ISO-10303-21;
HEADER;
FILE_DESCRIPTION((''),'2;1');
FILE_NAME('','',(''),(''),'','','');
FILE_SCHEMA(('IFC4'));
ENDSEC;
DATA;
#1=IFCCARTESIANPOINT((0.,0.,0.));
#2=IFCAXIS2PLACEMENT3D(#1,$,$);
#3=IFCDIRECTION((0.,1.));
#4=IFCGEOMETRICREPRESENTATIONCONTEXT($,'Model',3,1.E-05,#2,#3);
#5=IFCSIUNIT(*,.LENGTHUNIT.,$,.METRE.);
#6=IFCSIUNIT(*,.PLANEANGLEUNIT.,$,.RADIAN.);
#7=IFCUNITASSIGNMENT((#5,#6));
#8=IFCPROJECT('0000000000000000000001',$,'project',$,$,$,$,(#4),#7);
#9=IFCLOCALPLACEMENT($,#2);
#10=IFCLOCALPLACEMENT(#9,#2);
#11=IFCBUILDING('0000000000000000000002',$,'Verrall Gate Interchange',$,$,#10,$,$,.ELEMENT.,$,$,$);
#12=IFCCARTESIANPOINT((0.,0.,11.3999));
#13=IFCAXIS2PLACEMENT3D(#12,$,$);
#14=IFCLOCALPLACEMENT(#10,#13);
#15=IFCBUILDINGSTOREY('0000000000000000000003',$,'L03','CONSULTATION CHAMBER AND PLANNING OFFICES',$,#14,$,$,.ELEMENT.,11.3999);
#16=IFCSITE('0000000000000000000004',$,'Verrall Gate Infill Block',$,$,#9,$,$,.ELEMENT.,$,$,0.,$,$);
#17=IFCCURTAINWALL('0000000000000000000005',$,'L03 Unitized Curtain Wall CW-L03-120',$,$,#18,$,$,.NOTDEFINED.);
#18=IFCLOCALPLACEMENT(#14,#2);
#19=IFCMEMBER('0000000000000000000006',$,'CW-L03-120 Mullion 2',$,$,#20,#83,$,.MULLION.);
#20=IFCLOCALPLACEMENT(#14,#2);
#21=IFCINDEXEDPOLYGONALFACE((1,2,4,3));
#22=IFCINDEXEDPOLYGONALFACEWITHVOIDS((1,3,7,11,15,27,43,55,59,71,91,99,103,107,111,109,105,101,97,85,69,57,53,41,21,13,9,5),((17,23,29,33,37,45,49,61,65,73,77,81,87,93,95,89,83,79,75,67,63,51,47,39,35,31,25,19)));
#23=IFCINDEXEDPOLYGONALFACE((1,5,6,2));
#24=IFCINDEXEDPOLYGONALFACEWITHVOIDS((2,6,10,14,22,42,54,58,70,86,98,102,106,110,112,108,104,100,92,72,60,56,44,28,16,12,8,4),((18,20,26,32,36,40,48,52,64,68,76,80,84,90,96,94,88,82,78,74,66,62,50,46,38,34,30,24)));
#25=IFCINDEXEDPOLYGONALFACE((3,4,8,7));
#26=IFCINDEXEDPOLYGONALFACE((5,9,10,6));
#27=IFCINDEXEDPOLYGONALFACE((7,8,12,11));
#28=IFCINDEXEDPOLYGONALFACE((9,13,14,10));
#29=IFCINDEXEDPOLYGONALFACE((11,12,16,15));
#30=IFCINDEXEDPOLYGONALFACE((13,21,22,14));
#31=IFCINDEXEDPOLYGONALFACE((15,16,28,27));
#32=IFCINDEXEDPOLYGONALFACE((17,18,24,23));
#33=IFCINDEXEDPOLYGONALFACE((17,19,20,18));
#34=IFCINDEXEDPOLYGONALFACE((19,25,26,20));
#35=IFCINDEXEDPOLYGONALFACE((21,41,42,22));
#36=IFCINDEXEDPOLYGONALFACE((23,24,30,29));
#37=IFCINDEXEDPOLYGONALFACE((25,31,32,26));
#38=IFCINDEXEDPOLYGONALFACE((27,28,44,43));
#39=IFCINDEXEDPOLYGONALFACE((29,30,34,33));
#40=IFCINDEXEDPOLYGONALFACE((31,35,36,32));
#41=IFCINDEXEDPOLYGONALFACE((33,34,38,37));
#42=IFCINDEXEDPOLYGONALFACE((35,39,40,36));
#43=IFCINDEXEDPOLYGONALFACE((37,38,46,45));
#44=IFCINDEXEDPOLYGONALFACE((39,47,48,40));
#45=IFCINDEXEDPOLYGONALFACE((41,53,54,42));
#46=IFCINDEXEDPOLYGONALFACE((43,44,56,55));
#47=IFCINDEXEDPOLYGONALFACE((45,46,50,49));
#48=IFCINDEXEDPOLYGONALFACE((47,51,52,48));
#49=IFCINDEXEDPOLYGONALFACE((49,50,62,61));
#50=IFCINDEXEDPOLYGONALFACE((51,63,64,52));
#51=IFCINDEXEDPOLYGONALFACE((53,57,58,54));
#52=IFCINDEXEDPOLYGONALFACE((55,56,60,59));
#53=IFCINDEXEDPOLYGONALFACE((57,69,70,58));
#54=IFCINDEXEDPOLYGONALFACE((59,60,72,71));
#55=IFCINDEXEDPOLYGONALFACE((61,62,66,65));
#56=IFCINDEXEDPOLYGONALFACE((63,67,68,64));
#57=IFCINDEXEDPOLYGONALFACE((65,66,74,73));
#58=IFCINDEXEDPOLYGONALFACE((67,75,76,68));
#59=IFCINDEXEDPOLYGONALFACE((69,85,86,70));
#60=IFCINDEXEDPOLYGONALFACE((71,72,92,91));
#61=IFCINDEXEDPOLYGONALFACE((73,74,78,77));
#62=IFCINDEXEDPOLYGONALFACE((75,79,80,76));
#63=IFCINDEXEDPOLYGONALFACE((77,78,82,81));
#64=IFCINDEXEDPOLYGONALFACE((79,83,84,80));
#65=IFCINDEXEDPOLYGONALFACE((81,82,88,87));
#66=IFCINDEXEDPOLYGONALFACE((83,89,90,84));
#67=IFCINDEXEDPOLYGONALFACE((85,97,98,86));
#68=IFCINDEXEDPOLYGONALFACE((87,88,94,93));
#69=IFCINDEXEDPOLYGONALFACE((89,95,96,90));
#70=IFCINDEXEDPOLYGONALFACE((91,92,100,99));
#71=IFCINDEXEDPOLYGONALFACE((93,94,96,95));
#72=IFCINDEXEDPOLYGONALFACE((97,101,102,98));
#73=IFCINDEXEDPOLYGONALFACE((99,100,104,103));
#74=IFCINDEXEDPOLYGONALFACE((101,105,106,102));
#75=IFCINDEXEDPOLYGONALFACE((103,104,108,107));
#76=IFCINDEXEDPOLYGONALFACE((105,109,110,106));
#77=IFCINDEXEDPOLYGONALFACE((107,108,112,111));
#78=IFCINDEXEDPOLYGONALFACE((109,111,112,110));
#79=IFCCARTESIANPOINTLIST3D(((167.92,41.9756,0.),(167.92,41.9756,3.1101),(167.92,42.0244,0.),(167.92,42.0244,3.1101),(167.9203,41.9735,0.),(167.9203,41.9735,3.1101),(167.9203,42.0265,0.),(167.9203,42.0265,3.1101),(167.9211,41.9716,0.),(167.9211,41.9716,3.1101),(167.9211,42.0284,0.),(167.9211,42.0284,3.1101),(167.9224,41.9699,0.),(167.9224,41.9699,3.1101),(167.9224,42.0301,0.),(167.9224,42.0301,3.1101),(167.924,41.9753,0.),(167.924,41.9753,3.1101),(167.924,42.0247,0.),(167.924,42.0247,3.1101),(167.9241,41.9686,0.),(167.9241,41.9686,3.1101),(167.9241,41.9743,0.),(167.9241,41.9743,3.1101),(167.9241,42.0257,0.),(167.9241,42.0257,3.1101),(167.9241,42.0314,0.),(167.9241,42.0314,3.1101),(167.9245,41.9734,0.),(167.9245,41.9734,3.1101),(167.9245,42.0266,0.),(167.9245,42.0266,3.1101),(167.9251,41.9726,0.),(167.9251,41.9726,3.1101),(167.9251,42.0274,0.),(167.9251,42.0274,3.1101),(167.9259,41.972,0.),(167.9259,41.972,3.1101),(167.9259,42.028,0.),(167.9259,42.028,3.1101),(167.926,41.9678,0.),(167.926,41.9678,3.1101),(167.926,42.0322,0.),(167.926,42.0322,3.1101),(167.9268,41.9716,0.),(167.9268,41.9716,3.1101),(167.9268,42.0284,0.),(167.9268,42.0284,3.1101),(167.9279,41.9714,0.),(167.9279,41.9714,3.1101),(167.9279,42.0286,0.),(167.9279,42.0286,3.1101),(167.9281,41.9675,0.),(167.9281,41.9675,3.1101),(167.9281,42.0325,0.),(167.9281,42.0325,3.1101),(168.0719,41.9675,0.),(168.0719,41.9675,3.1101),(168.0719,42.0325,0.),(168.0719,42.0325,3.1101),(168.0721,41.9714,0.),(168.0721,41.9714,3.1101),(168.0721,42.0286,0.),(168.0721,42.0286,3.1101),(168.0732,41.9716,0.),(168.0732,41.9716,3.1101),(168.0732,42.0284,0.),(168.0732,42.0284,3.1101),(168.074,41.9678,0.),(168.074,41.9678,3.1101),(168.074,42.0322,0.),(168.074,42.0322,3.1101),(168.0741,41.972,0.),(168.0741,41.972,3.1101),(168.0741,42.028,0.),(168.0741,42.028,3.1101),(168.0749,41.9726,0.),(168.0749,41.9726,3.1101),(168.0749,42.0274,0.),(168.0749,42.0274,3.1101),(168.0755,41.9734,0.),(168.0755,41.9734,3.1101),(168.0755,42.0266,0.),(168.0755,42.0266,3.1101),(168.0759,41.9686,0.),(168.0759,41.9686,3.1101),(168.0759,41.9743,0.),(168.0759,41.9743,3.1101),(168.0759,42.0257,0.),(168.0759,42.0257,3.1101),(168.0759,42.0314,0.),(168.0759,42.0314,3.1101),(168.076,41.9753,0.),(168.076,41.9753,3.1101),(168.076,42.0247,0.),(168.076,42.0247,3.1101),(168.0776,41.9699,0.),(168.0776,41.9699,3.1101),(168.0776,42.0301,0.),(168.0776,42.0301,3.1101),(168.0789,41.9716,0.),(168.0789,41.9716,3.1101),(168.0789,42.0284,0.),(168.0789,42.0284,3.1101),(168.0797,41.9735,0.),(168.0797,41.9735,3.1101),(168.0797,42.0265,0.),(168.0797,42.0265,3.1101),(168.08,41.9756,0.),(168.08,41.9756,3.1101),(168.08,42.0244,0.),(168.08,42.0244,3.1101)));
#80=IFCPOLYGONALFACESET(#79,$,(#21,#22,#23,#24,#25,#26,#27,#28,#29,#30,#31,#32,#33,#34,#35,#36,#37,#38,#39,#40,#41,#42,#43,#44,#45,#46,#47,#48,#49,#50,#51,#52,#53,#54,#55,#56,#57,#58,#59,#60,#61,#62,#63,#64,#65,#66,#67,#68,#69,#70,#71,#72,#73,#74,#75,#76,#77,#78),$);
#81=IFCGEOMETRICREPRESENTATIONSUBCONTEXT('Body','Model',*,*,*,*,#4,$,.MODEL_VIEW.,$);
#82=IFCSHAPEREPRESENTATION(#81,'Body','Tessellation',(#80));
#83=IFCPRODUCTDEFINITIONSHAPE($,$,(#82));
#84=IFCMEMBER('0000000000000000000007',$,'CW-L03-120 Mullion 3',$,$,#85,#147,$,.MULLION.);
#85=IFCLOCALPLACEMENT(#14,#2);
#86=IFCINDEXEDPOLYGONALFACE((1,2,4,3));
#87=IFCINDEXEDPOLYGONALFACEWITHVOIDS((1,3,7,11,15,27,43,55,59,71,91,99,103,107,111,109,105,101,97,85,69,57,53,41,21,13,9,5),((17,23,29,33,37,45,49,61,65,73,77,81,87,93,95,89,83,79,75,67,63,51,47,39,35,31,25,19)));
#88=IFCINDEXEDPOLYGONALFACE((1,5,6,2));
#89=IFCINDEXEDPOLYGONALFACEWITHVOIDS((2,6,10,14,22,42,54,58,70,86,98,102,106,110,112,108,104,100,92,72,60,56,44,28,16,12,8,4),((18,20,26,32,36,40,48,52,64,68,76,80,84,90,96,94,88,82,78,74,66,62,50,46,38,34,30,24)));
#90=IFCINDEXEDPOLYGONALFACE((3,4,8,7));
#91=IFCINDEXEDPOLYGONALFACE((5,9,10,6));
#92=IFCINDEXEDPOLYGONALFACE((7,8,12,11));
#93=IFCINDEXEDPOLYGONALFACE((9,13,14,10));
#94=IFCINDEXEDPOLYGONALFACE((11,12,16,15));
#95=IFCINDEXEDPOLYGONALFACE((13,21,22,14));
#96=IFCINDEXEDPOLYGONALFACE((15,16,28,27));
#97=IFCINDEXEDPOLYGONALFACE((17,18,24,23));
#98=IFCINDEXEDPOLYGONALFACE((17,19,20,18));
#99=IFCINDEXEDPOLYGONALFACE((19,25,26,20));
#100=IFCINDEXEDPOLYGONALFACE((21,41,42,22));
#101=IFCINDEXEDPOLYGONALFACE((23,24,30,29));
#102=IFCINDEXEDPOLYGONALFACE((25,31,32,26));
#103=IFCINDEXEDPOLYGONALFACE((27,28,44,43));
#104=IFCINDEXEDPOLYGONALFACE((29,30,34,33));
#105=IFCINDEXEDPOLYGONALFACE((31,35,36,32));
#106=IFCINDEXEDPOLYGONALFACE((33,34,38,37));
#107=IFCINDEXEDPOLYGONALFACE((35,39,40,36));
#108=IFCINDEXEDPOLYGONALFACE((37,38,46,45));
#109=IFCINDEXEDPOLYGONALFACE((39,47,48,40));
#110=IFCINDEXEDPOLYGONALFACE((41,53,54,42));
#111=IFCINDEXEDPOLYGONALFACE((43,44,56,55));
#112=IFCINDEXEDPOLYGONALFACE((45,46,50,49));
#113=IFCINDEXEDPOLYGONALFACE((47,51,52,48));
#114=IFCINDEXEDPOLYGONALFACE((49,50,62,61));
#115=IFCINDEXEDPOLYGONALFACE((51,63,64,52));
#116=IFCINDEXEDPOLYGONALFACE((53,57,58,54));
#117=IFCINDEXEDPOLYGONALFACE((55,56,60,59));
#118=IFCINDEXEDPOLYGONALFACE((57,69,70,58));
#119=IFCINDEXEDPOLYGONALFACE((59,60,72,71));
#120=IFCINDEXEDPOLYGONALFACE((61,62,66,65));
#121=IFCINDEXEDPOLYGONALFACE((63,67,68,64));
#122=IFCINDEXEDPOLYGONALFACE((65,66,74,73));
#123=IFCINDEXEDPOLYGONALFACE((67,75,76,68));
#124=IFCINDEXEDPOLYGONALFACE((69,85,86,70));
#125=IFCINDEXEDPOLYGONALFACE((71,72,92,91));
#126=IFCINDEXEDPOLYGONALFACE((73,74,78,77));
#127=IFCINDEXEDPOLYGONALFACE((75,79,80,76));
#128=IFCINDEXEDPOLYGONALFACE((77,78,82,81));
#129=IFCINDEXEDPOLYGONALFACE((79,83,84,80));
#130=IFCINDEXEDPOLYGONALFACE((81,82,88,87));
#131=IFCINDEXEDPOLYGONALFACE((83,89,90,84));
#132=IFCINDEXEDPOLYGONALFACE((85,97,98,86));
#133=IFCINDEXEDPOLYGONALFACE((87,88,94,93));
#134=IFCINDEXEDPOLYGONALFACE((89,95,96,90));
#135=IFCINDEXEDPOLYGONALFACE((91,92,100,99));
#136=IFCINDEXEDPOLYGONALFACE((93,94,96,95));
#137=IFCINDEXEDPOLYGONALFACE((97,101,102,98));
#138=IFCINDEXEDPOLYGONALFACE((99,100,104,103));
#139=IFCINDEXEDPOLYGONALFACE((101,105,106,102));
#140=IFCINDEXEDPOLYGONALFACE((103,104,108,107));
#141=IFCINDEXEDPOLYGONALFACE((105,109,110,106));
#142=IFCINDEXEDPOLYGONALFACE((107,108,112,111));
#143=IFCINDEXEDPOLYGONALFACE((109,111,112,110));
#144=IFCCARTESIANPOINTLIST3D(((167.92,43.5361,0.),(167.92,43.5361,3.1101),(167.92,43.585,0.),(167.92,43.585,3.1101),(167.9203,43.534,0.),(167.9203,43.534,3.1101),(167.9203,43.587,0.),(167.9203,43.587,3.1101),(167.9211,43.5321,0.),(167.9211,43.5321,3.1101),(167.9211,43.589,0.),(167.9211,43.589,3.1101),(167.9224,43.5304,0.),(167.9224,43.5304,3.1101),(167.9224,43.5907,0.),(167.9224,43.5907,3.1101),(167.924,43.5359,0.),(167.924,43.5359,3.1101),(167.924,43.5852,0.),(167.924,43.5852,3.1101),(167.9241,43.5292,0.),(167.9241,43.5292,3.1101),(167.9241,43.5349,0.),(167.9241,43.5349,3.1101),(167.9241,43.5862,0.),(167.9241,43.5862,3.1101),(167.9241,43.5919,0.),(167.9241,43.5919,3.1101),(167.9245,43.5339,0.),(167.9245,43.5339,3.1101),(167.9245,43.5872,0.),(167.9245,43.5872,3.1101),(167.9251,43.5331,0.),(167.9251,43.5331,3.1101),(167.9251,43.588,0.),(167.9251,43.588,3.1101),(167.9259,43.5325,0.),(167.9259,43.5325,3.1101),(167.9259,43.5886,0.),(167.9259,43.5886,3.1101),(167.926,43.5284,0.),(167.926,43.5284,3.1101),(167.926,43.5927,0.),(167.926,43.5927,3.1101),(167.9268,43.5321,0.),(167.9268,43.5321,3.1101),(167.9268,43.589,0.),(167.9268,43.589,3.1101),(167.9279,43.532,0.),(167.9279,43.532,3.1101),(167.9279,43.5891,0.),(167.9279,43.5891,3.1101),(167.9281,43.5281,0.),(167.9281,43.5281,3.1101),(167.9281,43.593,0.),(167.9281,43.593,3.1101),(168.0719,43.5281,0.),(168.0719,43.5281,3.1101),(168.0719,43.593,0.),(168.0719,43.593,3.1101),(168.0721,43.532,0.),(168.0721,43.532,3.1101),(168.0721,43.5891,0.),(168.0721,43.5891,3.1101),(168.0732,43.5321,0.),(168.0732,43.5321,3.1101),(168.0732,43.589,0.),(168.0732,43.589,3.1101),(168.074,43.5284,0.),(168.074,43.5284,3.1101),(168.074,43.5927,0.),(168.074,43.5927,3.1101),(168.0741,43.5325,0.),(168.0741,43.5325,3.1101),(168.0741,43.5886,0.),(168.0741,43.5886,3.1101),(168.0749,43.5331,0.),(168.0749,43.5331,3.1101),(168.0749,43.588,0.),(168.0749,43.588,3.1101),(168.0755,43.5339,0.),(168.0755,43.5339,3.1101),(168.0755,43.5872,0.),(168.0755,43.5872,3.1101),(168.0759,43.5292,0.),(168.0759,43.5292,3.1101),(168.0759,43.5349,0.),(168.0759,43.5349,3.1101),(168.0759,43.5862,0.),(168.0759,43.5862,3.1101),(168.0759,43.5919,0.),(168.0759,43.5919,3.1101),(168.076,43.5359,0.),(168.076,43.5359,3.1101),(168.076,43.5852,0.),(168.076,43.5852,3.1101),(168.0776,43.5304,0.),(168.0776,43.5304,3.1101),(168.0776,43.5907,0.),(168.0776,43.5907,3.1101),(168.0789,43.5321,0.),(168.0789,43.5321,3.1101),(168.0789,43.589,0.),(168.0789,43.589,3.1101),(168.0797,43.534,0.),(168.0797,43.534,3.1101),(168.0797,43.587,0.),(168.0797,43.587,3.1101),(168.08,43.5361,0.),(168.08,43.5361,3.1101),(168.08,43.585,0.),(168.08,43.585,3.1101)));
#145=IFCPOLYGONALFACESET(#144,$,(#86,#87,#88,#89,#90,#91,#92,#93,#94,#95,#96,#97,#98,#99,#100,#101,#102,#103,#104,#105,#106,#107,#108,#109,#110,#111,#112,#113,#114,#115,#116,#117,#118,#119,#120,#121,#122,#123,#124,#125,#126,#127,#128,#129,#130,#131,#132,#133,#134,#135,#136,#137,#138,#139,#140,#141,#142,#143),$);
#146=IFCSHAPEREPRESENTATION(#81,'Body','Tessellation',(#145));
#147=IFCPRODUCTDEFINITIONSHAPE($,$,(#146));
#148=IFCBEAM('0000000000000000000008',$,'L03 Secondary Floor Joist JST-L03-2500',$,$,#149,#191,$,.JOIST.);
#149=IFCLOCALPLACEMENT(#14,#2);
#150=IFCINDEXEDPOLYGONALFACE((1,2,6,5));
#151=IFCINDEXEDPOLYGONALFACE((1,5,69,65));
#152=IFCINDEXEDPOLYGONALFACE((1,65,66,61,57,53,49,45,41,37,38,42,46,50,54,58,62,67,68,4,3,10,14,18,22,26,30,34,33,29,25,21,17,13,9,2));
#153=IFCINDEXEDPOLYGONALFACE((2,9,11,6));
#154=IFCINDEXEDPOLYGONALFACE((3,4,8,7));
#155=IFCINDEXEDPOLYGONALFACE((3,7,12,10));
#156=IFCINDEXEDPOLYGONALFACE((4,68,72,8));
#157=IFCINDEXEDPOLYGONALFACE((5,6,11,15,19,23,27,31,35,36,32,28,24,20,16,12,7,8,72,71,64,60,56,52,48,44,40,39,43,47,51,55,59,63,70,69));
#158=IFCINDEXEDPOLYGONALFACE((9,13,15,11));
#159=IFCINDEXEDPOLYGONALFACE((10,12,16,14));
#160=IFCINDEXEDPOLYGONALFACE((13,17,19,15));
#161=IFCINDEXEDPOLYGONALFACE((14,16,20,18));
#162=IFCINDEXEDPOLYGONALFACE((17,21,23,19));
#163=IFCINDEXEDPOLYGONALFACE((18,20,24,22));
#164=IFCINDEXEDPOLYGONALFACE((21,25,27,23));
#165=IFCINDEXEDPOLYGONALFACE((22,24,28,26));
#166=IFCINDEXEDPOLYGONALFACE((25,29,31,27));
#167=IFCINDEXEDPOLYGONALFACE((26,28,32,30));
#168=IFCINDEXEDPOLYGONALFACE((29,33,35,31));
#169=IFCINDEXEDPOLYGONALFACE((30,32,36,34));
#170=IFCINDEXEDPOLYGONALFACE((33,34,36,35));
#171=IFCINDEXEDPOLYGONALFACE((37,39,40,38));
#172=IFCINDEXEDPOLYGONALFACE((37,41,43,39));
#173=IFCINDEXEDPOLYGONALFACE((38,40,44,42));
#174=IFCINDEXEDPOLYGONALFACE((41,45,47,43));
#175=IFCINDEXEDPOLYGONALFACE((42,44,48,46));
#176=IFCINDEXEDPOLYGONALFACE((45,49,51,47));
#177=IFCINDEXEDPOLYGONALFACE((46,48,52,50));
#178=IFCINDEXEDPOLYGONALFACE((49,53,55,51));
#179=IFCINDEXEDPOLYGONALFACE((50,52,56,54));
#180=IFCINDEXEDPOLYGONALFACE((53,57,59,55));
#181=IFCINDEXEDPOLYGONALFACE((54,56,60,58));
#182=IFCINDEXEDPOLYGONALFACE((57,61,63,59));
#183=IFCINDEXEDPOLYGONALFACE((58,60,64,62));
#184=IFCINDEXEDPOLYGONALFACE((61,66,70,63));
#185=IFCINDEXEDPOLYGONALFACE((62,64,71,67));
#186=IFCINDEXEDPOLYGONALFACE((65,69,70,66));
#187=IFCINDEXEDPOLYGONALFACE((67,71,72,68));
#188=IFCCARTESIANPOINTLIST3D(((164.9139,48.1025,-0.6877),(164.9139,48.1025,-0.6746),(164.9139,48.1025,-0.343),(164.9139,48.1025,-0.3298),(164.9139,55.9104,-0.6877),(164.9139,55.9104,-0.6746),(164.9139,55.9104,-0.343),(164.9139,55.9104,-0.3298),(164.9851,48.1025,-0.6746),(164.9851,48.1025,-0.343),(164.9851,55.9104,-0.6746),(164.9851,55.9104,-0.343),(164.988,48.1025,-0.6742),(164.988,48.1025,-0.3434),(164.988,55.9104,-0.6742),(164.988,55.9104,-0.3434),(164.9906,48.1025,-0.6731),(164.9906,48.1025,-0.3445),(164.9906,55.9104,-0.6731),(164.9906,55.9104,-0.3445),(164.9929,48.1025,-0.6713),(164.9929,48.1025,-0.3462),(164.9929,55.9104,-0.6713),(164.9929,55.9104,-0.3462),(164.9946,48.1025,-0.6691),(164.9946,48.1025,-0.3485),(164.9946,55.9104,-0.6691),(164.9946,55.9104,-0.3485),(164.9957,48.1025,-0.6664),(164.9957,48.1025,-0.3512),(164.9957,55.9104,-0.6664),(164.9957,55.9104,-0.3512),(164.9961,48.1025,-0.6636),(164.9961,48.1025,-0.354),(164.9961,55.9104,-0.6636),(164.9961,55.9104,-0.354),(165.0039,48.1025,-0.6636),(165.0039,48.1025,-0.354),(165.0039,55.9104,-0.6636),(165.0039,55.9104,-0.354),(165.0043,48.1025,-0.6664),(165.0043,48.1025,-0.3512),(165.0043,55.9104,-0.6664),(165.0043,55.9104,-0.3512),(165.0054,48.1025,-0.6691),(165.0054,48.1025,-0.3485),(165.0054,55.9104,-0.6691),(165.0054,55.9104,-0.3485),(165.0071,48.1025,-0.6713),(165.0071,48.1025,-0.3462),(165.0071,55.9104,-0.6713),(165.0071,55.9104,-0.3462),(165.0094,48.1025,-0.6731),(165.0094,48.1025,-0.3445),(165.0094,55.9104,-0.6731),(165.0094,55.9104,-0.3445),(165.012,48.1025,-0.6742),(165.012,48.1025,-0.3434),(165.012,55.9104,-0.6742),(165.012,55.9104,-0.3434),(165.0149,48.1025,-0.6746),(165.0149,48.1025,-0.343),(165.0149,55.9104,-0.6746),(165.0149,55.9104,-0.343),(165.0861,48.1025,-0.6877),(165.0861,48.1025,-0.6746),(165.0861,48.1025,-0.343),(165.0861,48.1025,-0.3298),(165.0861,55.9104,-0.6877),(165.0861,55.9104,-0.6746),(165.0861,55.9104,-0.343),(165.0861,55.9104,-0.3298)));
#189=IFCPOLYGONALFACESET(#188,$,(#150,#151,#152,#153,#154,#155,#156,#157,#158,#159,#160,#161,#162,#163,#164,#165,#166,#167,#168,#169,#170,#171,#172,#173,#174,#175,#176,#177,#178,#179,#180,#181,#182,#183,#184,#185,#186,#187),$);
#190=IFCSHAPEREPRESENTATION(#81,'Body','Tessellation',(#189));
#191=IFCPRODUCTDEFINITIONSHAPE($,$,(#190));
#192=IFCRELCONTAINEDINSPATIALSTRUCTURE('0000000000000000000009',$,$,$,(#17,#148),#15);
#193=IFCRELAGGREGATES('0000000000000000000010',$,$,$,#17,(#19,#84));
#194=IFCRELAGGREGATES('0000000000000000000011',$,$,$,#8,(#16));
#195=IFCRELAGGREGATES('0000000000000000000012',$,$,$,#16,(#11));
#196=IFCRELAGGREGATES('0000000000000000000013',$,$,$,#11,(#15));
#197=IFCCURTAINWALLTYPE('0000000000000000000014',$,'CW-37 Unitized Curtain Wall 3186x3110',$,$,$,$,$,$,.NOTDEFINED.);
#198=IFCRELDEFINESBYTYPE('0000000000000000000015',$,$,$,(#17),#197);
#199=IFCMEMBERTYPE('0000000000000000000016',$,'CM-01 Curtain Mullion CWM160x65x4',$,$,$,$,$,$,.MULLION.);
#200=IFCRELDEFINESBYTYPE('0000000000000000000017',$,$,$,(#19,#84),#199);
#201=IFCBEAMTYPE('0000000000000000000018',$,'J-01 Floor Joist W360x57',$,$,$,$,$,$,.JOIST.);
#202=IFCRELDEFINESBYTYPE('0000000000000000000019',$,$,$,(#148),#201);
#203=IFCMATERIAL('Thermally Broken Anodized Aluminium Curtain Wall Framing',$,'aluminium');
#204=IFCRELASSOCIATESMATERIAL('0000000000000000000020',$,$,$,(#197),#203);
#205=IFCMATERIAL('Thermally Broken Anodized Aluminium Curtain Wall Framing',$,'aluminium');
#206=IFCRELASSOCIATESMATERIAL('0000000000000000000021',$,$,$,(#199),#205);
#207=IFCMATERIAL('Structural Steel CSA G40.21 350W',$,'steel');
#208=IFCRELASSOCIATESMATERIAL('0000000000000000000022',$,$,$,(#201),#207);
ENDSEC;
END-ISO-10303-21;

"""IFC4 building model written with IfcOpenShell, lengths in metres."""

from ifc_helpers import new_model, si_unit, direction, frame, origin, origin_2d, place, context, subcontext, project, spatial, hollow_rectangle, i_section, extrude, material, material_profile, profile_set, type_object, element, aggregate, save


model = new_model("IFC4")

# Units and contexts
model_context = context("Model", 3, precision=1e-05, world=origin(), true_north=direction((0.0, 1.0)))
body_context = subcontext(model_context, "Body", "Model", "MODEL_VIEW")
ifc_project = project(units=[si_unit("LENGTHUNIT", "METRE"), si_unit("PLANEANGLEUNIT", "RADIAN")], contexts=[model_context])

# Site, building, storey
site_placement = place(None, origin())
site = spatial("IfcSite", under=ifc_project, at=site_placement, Name="Verrall Gate Infill Block", CompositionType="ELEMENT", RefElevation=0.0)
building_placement = place(site_placement, origin())
building = spatial("IfcBuilding", under=site, at=building_placement, Name="Verrall Gate Interchange", CompositionType="ELEMENT")
storey_placement = place(building_placement, frame((0.0, 0.0, 11.3999)))
storey = spatial("IfcBuildingStorey", under=building, at=storey_placement, Name="L03", Description="CONSULTATION CHAMBER AND PLANNING OFFICES", CompositionType="ELEMENT", Elevation=11.3999)

# Curtain wall, members
ifc_material_1 = material(Name="Thermally Broken Anodized Aluminium Curtain Wall Framing", Category="aluminium")
curtain_wall_type = type_object("IfcCurtainWallType", Name="CW-37 Unitized Curtain Wall 3186x3110", PredefinedType="NOTDEFINED", material=ifc_material_1)
curtain_wall_placement = place(storey_placement, origin())
curtain_wall = element("IfcCurtainWall", 1, at=curtain_wall_placement, inside=storey, type_object=curtain_wall_type, Name="L03 Unitized Curtain Wall CW-L03-120", PredefinedType="NOTDEFINED")
ifc_material_2 = material(Name="Thermally Broken Anodized Aluminium Curtain Wall Framing", Category="aluminium")
ifc_material_profile_1 = material_profile(ifc_material_2, hollow_rectangle(XDim=0.0649, YDim=0.1599, WallThickness=0.0039, InnerFilletRadius=0.0039, OuterFilletRadius=0.0081, at=origin_2d()), Name="CWM160x65x4")
ifc_profile_set_1 = profile_set([ifc_material_profile_1], Name="Thermally Broken Anodized Aluminium Curtain Wall Framing")
member_type = type_object("IfcMemberType", Name="CM-01 Curtain Mullion CWM160x65x4", PredefinedType="MULLION", material=ifc_profile_set_1)
member_1_placement = place(storey_placement, frame((168.0, 42.0, 0.0), z_axis=(0.0, 0.0, 1.0), x_axis=(0.0, 1.0, 0.0)))
member_1 = element("IfcMember", 2, at=member_1_placement, type_object=member_type, Name="CW-L03-120 Mullion 2", PredefinedType="MULLION", context=body_context, shape_type="SweptSolid", body=[
    extrude(hollow_rectangle(XDim=0.0649, YDim=0.1599, WallThickness=0.0039, InnerFilletRadius=0.0039, OuterFilletRadius=0.0081, at=origin_2d()), origin(), (0.0, 0.0, 1.0), 3.1101),
])
member_2_placement = place(storey_placement, frame((168.0, 43.5605, 0.0), z_axis=(0.0, 0.0, 1.0), x_axis=(0.0, 1.0, 0.0)))
member_2 = element("IfcMember", 3, at=member_2_placement, type_object=member_type, Name="CW-L03-120 Mullion 3", PredefinedType="MULLION", context=body_context, shape_type="SweptSolid", body=[
    extrude(hollow_rectangle(XDim=0.0649, YDim=0.1599, WallThickness=0.0039, InnerFilletRadius=0.0039, OuterFilletRadius=0.0081, at=origin_2d()), origin(), (0.0, 0.0, 1.0), 3.1101),
])

# Beam
ifc_material_3 = material(Name="Structural Steel CSA G40.21 350W", Category="steel")
ifc_material_profile_2 = material_profile(ifc_material_3, i_section(OverallWidth=0.1721, OverallDepth=0.3579, WebThickness=0.0078, FlangeThickness=0.0132, FilletRadius=0.011, at=origin_2d()), Name="W360x57")
ifc_profile_set_2 = profile_set([ifc_material_profile_2], Name="Structural Steel CSA G40.21 350W")
beam_type_1 = type_object("IfcBeamType", Name="J-01 Floor Joist W360x57", PredefinedType="JOIST", material=ifc_profile_set_2)
beam_1_placement = place(storey_placement, frame((165.0, 48.1025, -0.5088), z_axis=(0.0, 1.0, 0.0), x_axis=(-1.0, 0.0, 0.0)))
element("IfcBeam", 4, at=beam_1_placement, inside=storey, type_object=beam_type_1, Name="L03 Secondary Floor Joist JST-L03-2500", PredefinedType="JOIST", context=body_context, shape_type="SweptSolid", body=[
    extrude(i_section(OverallWidth=0.1721, OverallDepth=0.3579, WebThickness=0.0078, FlangeThickness=0.0132, FilletRadius=0.011, at=origin_2d()), origin(), (0.0, 0.0, 1.0), 7.8079),
])

aggregate(curtain_wall, [member_1, member_2])

save(model, "model.ifc")
